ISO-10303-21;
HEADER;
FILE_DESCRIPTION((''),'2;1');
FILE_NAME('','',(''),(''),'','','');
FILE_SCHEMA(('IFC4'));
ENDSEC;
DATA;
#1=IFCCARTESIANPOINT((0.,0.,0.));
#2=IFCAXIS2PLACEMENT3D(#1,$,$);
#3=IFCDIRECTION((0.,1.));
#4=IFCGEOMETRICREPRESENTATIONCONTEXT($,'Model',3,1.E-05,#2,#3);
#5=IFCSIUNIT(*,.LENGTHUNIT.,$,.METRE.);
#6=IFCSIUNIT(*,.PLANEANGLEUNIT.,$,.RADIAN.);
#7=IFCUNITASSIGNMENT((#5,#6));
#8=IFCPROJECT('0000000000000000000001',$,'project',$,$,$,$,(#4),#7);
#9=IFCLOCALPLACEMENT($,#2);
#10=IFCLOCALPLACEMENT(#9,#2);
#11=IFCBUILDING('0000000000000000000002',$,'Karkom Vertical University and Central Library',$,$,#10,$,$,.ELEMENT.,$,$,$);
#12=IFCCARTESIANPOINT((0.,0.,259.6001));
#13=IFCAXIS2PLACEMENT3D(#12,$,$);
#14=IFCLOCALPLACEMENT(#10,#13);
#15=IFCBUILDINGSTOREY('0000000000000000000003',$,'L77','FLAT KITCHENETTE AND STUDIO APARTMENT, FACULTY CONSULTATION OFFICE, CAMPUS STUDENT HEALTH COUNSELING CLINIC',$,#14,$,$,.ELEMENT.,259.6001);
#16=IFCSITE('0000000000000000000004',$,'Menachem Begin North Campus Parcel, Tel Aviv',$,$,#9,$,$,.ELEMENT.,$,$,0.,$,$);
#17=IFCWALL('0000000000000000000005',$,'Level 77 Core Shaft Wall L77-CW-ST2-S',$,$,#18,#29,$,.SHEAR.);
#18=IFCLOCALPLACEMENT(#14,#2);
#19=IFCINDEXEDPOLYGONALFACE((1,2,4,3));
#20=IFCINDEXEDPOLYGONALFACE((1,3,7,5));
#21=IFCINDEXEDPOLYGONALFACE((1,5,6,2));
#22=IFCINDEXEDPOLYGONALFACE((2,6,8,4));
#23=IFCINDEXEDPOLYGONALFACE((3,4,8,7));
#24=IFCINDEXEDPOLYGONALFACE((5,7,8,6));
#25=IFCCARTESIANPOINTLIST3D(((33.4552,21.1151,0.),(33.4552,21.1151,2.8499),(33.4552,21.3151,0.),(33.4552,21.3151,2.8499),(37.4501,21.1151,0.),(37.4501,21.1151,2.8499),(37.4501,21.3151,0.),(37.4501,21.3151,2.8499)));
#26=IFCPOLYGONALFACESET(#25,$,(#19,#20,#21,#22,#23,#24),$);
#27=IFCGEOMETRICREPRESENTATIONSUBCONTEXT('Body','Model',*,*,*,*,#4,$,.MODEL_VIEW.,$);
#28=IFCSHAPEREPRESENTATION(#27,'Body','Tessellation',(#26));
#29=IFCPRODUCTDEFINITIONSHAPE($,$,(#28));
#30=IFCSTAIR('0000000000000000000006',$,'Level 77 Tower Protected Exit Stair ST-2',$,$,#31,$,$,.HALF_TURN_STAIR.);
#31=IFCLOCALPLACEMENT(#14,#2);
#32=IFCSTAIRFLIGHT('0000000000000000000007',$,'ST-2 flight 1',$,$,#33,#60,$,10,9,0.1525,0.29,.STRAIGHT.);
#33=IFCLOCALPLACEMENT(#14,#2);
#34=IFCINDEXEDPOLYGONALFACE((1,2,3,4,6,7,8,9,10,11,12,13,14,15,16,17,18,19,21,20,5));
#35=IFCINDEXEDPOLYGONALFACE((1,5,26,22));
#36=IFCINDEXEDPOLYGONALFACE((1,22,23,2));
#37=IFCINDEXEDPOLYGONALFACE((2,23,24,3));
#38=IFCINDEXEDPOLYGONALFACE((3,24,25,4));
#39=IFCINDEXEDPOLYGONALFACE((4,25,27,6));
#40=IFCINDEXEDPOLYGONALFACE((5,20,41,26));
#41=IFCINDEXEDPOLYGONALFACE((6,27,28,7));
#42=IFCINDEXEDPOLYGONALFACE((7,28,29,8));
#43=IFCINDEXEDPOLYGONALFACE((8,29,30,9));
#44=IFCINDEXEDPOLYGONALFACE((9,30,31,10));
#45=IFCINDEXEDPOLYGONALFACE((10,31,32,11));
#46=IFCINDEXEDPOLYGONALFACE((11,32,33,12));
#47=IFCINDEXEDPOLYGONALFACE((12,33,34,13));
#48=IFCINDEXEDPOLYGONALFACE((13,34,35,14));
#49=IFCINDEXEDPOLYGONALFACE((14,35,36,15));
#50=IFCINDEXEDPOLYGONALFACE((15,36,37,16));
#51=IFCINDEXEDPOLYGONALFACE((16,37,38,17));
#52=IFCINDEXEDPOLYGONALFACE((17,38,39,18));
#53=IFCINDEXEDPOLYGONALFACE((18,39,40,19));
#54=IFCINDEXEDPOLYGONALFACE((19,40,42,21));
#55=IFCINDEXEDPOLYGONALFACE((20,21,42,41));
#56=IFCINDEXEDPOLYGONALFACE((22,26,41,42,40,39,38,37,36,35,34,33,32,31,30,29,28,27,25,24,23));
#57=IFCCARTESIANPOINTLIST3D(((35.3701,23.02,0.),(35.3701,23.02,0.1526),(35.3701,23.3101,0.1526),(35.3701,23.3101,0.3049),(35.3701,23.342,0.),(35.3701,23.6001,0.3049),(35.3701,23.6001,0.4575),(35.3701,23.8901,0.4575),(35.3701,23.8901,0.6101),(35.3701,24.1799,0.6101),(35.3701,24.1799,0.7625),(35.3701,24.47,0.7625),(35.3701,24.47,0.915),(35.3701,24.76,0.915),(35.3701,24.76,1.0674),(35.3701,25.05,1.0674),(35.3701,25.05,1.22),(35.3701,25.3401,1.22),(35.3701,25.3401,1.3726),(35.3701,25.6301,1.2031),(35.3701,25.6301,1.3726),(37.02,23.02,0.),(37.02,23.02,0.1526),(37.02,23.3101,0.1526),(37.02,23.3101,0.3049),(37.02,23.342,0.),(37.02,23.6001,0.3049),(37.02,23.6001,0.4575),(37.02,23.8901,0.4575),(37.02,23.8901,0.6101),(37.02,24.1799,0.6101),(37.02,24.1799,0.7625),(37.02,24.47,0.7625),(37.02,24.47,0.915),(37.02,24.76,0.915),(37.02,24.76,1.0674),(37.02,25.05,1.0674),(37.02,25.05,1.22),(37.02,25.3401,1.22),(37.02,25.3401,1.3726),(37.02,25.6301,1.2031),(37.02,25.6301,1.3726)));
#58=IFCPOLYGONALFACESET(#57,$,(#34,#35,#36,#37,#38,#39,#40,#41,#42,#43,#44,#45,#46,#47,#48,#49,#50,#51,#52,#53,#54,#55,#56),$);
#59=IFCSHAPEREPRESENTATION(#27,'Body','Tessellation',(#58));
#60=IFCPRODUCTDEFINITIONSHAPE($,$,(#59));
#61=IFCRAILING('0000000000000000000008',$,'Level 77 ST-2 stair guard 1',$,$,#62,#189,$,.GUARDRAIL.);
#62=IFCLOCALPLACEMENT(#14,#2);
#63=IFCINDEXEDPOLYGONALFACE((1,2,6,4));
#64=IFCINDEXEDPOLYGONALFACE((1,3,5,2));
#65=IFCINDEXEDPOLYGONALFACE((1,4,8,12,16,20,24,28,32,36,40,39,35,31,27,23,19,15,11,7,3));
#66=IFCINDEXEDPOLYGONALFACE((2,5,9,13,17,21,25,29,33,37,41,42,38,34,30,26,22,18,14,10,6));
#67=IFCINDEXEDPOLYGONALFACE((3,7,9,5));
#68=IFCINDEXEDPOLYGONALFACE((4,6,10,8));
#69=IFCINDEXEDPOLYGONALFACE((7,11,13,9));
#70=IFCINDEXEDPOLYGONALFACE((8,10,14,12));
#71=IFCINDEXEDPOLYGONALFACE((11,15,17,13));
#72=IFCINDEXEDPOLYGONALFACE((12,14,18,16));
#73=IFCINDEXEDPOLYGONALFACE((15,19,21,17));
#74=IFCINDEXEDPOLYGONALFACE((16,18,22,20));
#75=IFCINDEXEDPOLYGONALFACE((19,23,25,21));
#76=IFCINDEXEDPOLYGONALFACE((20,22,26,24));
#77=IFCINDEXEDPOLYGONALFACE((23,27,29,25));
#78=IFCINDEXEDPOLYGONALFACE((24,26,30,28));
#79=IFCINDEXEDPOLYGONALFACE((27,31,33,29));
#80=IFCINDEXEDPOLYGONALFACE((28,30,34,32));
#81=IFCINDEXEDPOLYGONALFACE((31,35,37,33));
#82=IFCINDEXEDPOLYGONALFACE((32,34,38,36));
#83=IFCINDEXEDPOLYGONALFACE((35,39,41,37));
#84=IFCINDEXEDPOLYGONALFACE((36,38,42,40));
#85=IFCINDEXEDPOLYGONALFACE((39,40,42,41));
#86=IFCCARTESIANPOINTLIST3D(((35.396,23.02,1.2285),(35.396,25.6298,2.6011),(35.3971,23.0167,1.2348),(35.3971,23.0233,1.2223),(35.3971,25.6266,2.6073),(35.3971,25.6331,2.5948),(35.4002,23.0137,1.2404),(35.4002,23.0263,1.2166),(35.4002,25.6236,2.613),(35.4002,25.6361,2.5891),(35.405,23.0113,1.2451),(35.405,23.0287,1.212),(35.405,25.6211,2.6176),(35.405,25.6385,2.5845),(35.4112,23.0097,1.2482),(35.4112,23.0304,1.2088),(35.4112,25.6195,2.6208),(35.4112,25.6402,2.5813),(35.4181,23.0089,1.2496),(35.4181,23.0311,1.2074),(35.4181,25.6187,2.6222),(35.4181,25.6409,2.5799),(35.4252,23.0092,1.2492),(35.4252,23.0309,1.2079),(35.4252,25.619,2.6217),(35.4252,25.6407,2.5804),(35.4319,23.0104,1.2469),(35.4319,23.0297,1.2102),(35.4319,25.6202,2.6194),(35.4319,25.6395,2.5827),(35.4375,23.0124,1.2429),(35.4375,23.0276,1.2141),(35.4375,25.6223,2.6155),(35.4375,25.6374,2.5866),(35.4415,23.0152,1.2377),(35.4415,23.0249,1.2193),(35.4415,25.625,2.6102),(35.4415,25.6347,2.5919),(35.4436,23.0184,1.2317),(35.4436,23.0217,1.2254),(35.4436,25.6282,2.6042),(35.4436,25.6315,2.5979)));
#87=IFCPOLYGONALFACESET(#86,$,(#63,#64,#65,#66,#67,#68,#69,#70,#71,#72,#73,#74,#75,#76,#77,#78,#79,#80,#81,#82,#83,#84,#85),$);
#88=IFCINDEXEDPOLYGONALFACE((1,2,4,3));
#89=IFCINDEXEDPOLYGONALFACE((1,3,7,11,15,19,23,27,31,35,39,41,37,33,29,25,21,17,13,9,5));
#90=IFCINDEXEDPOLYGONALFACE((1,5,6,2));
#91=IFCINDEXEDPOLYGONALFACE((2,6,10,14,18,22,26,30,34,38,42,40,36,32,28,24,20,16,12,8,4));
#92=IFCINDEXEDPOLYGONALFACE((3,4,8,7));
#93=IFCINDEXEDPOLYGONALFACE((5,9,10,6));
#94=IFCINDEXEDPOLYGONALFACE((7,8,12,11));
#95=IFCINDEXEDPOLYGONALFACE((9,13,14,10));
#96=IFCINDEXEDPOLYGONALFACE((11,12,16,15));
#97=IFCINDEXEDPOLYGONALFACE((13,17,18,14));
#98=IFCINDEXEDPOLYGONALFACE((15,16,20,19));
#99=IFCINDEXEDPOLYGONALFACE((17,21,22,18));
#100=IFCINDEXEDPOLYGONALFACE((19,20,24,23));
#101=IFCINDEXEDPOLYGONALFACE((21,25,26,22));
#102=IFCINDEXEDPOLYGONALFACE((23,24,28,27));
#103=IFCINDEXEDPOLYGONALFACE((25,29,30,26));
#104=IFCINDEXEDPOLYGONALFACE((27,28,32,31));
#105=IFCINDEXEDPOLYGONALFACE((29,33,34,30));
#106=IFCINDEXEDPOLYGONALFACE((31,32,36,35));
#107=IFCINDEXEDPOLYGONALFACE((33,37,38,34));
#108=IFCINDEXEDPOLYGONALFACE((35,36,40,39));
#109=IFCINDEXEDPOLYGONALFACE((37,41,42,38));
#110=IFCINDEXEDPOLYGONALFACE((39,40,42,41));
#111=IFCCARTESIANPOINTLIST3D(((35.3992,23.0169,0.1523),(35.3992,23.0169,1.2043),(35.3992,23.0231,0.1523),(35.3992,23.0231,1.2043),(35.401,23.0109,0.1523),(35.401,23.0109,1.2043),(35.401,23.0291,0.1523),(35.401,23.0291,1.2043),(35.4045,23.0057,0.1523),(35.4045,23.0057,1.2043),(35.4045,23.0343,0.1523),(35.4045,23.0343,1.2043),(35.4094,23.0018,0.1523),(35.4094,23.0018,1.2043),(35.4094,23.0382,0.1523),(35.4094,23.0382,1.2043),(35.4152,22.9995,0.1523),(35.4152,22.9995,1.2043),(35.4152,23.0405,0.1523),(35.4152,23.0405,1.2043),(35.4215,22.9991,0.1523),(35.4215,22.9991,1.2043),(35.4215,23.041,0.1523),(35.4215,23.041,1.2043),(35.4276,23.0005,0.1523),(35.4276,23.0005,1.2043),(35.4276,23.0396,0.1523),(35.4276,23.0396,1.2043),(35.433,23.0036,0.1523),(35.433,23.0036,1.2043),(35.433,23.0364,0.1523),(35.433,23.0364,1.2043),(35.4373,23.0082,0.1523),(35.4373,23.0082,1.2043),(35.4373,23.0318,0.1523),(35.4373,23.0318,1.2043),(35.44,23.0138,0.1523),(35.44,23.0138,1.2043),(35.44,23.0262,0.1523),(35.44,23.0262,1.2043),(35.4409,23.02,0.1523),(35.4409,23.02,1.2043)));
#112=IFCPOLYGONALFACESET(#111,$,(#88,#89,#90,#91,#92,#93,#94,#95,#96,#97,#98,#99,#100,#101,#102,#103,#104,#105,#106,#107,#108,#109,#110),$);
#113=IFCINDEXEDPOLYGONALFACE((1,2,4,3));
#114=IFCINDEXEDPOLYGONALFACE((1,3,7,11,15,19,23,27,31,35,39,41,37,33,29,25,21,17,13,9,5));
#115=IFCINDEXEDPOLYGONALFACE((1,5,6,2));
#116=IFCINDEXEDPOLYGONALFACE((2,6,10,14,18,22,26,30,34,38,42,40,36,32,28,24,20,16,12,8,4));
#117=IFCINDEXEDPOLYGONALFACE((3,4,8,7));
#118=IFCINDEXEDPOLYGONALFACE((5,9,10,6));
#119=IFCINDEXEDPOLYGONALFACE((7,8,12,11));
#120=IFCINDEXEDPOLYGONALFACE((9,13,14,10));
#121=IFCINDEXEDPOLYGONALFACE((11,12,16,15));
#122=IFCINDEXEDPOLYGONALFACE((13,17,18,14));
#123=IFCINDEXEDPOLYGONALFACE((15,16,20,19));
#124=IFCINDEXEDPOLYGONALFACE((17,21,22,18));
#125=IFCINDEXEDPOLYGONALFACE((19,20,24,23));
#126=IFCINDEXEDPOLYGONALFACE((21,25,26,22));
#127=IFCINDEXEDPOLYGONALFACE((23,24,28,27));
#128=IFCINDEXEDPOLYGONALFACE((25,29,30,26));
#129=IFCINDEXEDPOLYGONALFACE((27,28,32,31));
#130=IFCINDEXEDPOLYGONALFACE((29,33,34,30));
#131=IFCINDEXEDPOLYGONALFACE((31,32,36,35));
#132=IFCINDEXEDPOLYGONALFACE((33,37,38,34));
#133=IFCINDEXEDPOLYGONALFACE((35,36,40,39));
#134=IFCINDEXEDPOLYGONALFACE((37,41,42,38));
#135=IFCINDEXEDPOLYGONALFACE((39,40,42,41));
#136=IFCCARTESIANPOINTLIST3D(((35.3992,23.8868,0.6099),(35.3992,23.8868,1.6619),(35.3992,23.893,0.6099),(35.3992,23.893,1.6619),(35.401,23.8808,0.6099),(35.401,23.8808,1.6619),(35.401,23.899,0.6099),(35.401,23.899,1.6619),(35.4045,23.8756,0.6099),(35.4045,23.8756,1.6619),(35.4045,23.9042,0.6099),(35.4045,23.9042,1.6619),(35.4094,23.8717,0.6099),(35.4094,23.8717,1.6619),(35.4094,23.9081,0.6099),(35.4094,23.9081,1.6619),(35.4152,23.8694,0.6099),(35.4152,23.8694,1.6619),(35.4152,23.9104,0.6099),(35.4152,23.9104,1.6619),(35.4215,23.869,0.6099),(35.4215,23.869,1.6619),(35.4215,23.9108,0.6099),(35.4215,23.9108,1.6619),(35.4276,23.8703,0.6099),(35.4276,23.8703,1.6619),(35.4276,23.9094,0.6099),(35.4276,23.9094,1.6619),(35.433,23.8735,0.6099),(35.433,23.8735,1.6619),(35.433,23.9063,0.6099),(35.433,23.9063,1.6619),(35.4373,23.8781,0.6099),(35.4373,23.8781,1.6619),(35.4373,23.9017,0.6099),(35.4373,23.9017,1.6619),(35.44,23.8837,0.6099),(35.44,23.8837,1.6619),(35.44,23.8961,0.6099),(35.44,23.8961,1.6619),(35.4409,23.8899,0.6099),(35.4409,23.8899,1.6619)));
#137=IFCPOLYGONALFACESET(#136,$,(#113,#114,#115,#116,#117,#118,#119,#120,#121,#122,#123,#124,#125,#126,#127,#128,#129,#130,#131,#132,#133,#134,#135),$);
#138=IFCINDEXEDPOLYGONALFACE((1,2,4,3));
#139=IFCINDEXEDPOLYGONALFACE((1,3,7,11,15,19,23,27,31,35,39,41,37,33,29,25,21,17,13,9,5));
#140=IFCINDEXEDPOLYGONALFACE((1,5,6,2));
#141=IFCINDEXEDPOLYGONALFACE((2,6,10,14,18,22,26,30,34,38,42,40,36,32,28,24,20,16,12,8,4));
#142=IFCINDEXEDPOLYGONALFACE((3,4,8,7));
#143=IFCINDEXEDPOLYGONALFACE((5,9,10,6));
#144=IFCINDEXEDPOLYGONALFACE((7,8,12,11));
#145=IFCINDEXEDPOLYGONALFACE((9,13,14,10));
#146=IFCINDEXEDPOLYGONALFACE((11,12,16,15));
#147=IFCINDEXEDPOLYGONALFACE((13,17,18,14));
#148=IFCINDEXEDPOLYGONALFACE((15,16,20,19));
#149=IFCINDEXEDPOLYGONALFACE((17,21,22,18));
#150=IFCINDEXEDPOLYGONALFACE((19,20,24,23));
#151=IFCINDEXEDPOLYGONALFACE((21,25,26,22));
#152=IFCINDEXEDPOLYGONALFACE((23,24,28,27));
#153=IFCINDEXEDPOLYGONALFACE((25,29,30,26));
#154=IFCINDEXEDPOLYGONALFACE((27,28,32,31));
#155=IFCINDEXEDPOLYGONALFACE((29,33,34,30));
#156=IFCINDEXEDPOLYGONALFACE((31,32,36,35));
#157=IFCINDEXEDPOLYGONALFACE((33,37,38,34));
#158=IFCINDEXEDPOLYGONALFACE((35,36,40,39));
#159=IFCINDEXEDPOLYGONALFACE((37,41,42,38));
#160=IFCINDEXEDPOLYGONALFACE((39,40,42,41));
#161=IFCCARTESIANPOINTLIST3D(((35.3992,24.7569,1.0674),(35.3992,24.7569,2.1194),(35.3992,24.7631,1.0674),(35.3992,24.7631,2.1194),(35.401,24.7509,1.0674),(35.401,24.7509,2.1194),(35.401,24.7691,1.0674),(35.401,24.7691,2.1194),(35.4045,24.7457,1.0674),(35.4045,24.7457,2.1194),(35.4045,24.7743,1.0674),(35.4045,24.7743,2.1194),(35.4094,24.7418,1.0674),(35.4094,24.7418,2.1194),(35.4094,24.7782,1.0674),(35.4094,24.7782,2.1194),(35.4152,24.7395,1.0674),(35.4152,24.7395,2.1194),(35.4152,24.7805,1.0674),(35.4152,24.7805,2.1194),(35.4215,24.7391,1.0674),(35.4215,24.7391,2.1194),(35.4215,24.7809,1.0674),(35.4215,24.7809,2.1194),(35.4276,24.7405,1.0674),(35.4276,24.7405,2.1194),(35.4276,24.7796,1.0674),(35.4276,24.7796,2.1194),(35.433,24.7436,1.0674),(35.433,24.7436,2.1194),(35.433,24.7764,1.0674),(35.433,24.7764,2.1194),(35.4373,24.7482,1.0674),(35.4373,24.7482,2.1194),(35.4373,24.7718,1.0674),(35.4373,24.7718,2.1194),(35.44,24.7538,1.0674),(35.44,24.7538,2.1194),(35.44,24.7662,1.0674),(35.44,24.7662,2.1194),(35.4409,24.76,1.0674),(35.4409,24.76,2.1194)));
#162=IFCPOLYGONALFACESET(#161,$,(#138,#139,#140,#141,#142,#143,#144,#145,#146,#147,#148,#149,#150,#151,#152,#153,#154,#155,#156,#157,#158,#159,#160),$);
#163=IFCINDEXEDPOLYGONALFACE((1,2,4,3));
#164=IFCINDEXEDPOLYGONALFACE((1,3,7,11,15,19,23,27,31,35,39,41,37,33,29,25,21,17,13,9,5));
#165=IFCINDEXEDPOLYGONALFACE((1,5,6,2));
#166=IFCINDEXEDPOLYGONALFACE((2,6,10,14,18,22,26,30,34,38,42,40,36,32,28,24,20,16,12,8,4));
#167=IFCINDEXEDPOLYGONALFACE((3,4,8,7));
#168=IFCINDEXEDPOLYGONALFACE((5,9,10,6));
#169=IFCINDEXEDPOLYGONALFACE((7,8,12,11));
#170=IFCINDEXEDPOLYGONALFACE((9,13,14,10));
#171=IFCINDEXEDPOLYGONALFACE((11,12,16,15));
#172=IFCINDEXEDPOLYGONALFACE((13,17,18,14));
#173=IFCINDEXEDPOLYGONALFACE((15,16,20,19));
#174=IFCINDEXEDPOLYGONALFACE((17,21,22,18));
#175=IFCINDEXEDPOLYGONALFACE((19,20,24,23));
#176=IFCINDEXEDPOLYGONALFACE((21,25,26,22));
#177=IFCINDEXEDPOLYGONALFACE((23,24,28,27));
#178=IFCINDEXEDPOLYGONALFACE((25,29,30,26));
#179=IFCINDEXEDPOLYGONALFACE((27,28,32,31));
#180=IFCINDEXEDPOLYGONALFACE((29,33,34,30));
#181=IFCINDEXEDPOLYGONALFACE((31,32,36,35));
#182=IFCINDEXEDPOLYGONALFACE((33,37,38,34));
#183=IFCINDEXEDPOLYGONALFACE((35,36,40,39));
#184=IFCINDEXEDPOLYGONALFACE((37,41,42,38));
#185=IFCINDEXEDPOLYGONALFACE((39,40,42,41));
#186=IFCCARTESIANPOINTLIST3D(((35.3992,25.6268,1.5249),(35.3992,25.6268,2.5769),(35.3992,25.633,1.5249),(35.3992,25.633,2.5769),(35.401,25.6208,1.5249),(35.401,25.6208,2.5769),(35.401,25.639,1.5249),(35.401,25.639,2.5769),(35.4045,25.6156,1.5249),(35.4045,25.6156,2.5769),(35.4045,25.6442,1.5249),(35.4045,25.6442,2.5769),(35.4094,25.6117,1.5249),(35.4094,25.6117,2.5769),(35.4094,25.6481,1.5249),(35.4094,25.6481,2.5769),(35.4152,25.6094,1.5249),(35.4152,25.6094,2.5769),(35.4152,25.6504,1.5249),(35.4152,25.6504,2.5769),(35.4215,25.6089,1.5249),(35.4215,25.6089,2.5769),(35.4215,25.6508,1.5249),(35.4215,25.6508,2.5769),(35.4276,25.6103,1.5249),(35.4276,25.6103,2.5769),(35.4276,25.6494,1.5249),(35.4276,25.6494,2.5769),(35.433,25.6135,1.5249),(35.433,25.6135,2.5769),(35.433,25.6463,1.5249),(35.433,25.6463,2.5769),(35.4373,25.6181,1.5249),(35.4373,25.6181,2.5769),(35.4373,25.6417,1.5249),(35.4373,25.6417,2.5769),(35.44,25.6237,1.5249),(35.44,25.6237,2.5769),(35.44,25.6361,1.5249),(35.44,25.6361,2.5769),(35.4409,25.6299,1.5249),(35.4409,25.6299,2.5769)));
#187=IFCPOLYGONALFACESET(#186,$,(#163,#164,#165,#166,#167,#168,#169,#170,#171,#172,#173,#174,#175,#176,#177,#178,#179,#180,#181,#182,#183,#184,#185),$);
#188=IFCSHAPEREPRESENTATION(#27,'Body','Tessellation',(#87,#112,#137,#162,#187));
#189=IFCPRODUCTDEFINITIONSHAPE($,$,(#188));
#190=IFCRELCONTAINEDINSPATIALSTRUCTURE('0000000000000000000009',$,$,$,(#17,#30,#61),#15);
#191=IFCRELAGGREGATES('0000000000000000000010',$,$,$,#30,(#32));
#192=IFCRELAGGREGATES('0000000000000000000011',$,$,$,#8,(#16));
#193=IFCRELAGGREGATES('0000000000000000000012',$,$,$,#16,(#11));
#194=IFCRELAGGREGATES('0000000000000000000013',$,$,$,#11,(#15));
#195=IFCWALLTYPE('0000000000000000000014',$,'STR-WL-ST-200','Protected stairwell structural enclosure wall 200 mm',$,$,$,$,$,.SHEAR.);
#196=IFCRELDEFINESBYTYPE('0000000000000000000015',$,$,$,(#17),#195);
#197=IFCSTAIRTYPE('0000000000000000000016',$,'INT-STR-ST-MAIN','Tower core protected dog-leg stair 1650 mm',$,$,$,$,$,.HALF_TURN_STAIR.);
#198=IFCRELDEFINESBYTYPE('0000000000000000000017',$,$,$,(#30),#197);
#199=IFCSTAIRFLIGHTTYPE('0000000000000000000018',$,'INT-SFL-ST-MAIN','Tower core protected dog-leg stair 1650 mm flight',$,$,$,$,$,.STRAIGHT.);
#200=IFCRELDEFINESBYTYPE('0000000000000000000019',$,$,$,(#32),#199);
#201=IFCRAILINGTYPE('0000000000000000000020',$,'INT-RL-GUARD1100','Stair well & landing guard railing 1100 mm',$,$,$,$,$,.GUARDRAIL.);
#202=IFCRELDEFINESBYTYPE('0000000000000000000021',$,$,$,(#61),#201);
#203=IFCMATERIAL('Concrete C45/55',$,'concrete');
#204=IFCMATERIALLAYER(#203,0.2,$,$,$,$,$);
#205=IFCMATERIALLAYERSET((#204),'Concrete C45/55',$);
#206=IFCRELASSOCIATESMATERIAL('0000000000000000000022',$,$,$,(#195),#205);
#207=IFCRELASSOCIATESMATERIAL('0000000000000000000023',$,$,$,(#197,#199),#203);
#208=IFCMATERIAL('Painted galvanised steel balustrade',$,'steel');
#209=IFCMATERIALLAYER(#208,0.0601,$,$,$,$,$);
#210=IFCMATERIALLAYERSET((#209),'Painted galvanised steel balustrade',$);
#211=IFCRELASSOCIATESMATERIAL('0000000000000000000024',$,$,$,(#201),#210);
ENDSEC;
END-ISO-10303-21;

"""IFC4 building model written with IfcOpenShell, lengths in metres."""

from ifc_helpers import new_model, si_unit, direction, frame, frame_2d, origin, origin_2d, place, context, subcontext, project, spatial, polyline, rectangle, circle, outline, extrude, material, layer, layer_set, type_object, element, aggregate, save


model = new_model("IFC4")

# Units and contexts
model_context = context("Model", 3, precision=1e-05, world=origin(), true_north=direction((0.0, 1.0)))
body_context = subcontext(model_context, "Body", "Model", "MODEL_VIEW")
ifc_project = project(units=[si_unit("LENGTHUNIT", "METRE"), si_unit("PLANEANGLEUNIT", "RADIAN")], contexts=[model_context])

# Site, building, storey
site_placement = place(None, origin())
site = spatial("IfcSite", under=ifc_project, at=site_placement, Name="Menachem Begin North Campus Parcel, Tel Aviv", CompositionType="ELEMENT", RefElevation=0.0)
building_placement = place(site_placement, origin())
building = spatial("IfcBuilding", under=site, at=building_placement, Name="Karkom Vertical University and Central Library", CompositionType="ELEMENT")
storey_placement = place(building_placement, frame((0.0, 0.0, 259.6001)))
storey = spatial("IfcBuildingStorey", under=building, at=storey_placement, Name="L77", Description="FLAT KITCHENETTE AND STUDIO APARTMENT, FACULTY CONSULTATION OFFICE, CAMPUS STUDENT HEALTH COUNSELING CLINIC", CompositionType="ELEMENT", Elevation=259.6001)

# Shared definitions
ifc_material_1 = material(Name="Concrete C45/55", Category="concrete")

# Shared definitions
ifc_layer_1 = layer(ifc_material_1, 0.2)
ifc_layer_set_1 = layer_set([ifc_layer_1], Name="Concrete C45/55")
wall_type_1 = type_object("IfcWallType", Name="STR-WL-ST-200", Description="Protected stairwell structural enclosure wall 200 mm", PredefinedType="SHEAR", material=ifc_layer_set_1)

# Wall
wall_1_placement = place(storey_placement, frame((33.4551, 21.2151, 0.0), z_axis=(0.0, 0.0, 1.0), x_axis=(1.0, 0.0, 0.0)))
element("IfcWall", 1, at=wall_1_placement, inside=storey, type_object=wall_type_1, Name="Level 77 Core Shaft Wall L77-CW-ST2-S", PredefinedType="SHEAR", context=body_context, shape_type="SweptSolid", body=[
    extrude(rectangle(XDim=3.9949, YDim=0.2, at=frame_2d((1.9976, 0.0))), origin(), (0.0, 0.0, 1.0), 2.8499),
])

# Stair, stair flight
stair_type = type_object("IfcStairType", Name="INT-STR-ST-MAIN", Description="Tower core protected dog-leg stair 1650 mm", PredefinedType="HALF_TURN_STAIR", material=ifc_material_1)
stair_placement = place(storey_placement, origin())
stair = element("IfcStair", 2, at=stair_placement, inside=storey, type_object=stair_type, Name="Level 77 Tower Protected Exit Stair ST-2", PredefinedType="HALF_TURN_STAIR")
stair_flight_type = type_object("IfcStairFlightType", Name="INT-SFL-ST-MAIN", Description="Tower core protected dog-leg stair 1650 mm flight", PredefinedType="STRAIGHT", material=ifc_material_1)
stair_flight_placement = place(storey_placement, frame((36.1951, 23.02, 0.0), z_axis=(0.0, 0.0, 1.0), x_axis=(0.0, 1.0, 0.0)))
stair_flight = element("IfcStairFlight", 3, at=stair_flight_placement, type_object=stair_flight_type, Name="ST-2 flight 1", NumberOfRisers=10, NumberOfTreads=9, PredefinedType="STRAIGHT", RiserHeight=0.1525, TreadLength=0.29, context=body_context, shape_type="SweptSolid", body=[
    extrude(outline(polyline([(0.0, 0.0), (0.0, 0.1526), (0.29, 0.1526), (0.29, 0.3049), (0.5801, 0.3049), (0.5801, 0.4575), (0.8701, 0.4575), (0.8701, 0.6101), (1.1599, 0.6101), (1.1599, 0.7625), (1.45, 0.7625), (1.45, 0.915), (1.74, 0.915), (1.74, 1.0674), (2.03, 1.0674), (2.03, 1.22), (2.3201, 1.22), (2.3201, 1.3726), (2.6101, 1.3726), (2.6101, 1.5249), (2.6101, 1.2031), (0.322, 0.0), (0.0, 0.0)])), frame((0.0, 0.825, 0.0), z_axis=(0.0, -1.0, 0.0), x_axis=(1.0, 0.0, 0.0)), (0.0, 0.0, 1.0), 1.6499),
])
aggregate(stair, [stair_flight])

# Railing
ifc_material_2 = material(Name="Painted galvanised steel balustrade", Category="steel")
ifc_layer_2 = layer(ifc_material_2, 0.0601)
ifc_layer_set_2 = layer_set([ifc_layer_2], Name="Painted galvanised steel balustrade")
railing_type_1 = type_object("IfcRailingType", Name="INT-RL-GUARD1100", Description="Stair well & landing guard railing 1100 mm", PredefinedType="GUARDRAIL", material=ifc_layer_set_2)
railing_1_placement = place(storey_placement, frame((35.4199, 23.02, 0.1523)))
element("IfcRailing", 4, at=railing_1_placement, inside=storey, type_object=railing_type_1, Name="Level 77 ST-2 stair guard 1", PredefinedType="GUARDRAIL", context=body_context, shape_type="SweptSolid", body=[
    extrude(circle(Radius=0.0239, at=origin_2d()), frame((0.0, 0.0, 1.0762), z_axis=(0.0, 0.885065, 0.465467), x_axis=(-1.0, 0.0, 0.0)), (0.0, 0.0, 1.0), 2.9487),
    extrude(circle(Radius=0.021, at=origin_2d()), origin(), (0.0, 0.0, 1.0), 1.052),
    extrude(circle(Radius=0.021, at=origin_2d()), frame((0.0, 0.8699, 0.4575)), (0.0, 0.0, 1.0), 1.052),
    extrude(circle(Radius=0.021, at=origin_2d()), frame((0.0, 1.74, 0.915)), (0.0, 0.0, 1.0), 1.052),
    extrude(circle(Radius=0.021, at=origin_2d()), frame((0.0, 2.6099, 1.3726)), (0.0, 0.0, 1.0), 1.052),
])

save(model, "model.ifc")
